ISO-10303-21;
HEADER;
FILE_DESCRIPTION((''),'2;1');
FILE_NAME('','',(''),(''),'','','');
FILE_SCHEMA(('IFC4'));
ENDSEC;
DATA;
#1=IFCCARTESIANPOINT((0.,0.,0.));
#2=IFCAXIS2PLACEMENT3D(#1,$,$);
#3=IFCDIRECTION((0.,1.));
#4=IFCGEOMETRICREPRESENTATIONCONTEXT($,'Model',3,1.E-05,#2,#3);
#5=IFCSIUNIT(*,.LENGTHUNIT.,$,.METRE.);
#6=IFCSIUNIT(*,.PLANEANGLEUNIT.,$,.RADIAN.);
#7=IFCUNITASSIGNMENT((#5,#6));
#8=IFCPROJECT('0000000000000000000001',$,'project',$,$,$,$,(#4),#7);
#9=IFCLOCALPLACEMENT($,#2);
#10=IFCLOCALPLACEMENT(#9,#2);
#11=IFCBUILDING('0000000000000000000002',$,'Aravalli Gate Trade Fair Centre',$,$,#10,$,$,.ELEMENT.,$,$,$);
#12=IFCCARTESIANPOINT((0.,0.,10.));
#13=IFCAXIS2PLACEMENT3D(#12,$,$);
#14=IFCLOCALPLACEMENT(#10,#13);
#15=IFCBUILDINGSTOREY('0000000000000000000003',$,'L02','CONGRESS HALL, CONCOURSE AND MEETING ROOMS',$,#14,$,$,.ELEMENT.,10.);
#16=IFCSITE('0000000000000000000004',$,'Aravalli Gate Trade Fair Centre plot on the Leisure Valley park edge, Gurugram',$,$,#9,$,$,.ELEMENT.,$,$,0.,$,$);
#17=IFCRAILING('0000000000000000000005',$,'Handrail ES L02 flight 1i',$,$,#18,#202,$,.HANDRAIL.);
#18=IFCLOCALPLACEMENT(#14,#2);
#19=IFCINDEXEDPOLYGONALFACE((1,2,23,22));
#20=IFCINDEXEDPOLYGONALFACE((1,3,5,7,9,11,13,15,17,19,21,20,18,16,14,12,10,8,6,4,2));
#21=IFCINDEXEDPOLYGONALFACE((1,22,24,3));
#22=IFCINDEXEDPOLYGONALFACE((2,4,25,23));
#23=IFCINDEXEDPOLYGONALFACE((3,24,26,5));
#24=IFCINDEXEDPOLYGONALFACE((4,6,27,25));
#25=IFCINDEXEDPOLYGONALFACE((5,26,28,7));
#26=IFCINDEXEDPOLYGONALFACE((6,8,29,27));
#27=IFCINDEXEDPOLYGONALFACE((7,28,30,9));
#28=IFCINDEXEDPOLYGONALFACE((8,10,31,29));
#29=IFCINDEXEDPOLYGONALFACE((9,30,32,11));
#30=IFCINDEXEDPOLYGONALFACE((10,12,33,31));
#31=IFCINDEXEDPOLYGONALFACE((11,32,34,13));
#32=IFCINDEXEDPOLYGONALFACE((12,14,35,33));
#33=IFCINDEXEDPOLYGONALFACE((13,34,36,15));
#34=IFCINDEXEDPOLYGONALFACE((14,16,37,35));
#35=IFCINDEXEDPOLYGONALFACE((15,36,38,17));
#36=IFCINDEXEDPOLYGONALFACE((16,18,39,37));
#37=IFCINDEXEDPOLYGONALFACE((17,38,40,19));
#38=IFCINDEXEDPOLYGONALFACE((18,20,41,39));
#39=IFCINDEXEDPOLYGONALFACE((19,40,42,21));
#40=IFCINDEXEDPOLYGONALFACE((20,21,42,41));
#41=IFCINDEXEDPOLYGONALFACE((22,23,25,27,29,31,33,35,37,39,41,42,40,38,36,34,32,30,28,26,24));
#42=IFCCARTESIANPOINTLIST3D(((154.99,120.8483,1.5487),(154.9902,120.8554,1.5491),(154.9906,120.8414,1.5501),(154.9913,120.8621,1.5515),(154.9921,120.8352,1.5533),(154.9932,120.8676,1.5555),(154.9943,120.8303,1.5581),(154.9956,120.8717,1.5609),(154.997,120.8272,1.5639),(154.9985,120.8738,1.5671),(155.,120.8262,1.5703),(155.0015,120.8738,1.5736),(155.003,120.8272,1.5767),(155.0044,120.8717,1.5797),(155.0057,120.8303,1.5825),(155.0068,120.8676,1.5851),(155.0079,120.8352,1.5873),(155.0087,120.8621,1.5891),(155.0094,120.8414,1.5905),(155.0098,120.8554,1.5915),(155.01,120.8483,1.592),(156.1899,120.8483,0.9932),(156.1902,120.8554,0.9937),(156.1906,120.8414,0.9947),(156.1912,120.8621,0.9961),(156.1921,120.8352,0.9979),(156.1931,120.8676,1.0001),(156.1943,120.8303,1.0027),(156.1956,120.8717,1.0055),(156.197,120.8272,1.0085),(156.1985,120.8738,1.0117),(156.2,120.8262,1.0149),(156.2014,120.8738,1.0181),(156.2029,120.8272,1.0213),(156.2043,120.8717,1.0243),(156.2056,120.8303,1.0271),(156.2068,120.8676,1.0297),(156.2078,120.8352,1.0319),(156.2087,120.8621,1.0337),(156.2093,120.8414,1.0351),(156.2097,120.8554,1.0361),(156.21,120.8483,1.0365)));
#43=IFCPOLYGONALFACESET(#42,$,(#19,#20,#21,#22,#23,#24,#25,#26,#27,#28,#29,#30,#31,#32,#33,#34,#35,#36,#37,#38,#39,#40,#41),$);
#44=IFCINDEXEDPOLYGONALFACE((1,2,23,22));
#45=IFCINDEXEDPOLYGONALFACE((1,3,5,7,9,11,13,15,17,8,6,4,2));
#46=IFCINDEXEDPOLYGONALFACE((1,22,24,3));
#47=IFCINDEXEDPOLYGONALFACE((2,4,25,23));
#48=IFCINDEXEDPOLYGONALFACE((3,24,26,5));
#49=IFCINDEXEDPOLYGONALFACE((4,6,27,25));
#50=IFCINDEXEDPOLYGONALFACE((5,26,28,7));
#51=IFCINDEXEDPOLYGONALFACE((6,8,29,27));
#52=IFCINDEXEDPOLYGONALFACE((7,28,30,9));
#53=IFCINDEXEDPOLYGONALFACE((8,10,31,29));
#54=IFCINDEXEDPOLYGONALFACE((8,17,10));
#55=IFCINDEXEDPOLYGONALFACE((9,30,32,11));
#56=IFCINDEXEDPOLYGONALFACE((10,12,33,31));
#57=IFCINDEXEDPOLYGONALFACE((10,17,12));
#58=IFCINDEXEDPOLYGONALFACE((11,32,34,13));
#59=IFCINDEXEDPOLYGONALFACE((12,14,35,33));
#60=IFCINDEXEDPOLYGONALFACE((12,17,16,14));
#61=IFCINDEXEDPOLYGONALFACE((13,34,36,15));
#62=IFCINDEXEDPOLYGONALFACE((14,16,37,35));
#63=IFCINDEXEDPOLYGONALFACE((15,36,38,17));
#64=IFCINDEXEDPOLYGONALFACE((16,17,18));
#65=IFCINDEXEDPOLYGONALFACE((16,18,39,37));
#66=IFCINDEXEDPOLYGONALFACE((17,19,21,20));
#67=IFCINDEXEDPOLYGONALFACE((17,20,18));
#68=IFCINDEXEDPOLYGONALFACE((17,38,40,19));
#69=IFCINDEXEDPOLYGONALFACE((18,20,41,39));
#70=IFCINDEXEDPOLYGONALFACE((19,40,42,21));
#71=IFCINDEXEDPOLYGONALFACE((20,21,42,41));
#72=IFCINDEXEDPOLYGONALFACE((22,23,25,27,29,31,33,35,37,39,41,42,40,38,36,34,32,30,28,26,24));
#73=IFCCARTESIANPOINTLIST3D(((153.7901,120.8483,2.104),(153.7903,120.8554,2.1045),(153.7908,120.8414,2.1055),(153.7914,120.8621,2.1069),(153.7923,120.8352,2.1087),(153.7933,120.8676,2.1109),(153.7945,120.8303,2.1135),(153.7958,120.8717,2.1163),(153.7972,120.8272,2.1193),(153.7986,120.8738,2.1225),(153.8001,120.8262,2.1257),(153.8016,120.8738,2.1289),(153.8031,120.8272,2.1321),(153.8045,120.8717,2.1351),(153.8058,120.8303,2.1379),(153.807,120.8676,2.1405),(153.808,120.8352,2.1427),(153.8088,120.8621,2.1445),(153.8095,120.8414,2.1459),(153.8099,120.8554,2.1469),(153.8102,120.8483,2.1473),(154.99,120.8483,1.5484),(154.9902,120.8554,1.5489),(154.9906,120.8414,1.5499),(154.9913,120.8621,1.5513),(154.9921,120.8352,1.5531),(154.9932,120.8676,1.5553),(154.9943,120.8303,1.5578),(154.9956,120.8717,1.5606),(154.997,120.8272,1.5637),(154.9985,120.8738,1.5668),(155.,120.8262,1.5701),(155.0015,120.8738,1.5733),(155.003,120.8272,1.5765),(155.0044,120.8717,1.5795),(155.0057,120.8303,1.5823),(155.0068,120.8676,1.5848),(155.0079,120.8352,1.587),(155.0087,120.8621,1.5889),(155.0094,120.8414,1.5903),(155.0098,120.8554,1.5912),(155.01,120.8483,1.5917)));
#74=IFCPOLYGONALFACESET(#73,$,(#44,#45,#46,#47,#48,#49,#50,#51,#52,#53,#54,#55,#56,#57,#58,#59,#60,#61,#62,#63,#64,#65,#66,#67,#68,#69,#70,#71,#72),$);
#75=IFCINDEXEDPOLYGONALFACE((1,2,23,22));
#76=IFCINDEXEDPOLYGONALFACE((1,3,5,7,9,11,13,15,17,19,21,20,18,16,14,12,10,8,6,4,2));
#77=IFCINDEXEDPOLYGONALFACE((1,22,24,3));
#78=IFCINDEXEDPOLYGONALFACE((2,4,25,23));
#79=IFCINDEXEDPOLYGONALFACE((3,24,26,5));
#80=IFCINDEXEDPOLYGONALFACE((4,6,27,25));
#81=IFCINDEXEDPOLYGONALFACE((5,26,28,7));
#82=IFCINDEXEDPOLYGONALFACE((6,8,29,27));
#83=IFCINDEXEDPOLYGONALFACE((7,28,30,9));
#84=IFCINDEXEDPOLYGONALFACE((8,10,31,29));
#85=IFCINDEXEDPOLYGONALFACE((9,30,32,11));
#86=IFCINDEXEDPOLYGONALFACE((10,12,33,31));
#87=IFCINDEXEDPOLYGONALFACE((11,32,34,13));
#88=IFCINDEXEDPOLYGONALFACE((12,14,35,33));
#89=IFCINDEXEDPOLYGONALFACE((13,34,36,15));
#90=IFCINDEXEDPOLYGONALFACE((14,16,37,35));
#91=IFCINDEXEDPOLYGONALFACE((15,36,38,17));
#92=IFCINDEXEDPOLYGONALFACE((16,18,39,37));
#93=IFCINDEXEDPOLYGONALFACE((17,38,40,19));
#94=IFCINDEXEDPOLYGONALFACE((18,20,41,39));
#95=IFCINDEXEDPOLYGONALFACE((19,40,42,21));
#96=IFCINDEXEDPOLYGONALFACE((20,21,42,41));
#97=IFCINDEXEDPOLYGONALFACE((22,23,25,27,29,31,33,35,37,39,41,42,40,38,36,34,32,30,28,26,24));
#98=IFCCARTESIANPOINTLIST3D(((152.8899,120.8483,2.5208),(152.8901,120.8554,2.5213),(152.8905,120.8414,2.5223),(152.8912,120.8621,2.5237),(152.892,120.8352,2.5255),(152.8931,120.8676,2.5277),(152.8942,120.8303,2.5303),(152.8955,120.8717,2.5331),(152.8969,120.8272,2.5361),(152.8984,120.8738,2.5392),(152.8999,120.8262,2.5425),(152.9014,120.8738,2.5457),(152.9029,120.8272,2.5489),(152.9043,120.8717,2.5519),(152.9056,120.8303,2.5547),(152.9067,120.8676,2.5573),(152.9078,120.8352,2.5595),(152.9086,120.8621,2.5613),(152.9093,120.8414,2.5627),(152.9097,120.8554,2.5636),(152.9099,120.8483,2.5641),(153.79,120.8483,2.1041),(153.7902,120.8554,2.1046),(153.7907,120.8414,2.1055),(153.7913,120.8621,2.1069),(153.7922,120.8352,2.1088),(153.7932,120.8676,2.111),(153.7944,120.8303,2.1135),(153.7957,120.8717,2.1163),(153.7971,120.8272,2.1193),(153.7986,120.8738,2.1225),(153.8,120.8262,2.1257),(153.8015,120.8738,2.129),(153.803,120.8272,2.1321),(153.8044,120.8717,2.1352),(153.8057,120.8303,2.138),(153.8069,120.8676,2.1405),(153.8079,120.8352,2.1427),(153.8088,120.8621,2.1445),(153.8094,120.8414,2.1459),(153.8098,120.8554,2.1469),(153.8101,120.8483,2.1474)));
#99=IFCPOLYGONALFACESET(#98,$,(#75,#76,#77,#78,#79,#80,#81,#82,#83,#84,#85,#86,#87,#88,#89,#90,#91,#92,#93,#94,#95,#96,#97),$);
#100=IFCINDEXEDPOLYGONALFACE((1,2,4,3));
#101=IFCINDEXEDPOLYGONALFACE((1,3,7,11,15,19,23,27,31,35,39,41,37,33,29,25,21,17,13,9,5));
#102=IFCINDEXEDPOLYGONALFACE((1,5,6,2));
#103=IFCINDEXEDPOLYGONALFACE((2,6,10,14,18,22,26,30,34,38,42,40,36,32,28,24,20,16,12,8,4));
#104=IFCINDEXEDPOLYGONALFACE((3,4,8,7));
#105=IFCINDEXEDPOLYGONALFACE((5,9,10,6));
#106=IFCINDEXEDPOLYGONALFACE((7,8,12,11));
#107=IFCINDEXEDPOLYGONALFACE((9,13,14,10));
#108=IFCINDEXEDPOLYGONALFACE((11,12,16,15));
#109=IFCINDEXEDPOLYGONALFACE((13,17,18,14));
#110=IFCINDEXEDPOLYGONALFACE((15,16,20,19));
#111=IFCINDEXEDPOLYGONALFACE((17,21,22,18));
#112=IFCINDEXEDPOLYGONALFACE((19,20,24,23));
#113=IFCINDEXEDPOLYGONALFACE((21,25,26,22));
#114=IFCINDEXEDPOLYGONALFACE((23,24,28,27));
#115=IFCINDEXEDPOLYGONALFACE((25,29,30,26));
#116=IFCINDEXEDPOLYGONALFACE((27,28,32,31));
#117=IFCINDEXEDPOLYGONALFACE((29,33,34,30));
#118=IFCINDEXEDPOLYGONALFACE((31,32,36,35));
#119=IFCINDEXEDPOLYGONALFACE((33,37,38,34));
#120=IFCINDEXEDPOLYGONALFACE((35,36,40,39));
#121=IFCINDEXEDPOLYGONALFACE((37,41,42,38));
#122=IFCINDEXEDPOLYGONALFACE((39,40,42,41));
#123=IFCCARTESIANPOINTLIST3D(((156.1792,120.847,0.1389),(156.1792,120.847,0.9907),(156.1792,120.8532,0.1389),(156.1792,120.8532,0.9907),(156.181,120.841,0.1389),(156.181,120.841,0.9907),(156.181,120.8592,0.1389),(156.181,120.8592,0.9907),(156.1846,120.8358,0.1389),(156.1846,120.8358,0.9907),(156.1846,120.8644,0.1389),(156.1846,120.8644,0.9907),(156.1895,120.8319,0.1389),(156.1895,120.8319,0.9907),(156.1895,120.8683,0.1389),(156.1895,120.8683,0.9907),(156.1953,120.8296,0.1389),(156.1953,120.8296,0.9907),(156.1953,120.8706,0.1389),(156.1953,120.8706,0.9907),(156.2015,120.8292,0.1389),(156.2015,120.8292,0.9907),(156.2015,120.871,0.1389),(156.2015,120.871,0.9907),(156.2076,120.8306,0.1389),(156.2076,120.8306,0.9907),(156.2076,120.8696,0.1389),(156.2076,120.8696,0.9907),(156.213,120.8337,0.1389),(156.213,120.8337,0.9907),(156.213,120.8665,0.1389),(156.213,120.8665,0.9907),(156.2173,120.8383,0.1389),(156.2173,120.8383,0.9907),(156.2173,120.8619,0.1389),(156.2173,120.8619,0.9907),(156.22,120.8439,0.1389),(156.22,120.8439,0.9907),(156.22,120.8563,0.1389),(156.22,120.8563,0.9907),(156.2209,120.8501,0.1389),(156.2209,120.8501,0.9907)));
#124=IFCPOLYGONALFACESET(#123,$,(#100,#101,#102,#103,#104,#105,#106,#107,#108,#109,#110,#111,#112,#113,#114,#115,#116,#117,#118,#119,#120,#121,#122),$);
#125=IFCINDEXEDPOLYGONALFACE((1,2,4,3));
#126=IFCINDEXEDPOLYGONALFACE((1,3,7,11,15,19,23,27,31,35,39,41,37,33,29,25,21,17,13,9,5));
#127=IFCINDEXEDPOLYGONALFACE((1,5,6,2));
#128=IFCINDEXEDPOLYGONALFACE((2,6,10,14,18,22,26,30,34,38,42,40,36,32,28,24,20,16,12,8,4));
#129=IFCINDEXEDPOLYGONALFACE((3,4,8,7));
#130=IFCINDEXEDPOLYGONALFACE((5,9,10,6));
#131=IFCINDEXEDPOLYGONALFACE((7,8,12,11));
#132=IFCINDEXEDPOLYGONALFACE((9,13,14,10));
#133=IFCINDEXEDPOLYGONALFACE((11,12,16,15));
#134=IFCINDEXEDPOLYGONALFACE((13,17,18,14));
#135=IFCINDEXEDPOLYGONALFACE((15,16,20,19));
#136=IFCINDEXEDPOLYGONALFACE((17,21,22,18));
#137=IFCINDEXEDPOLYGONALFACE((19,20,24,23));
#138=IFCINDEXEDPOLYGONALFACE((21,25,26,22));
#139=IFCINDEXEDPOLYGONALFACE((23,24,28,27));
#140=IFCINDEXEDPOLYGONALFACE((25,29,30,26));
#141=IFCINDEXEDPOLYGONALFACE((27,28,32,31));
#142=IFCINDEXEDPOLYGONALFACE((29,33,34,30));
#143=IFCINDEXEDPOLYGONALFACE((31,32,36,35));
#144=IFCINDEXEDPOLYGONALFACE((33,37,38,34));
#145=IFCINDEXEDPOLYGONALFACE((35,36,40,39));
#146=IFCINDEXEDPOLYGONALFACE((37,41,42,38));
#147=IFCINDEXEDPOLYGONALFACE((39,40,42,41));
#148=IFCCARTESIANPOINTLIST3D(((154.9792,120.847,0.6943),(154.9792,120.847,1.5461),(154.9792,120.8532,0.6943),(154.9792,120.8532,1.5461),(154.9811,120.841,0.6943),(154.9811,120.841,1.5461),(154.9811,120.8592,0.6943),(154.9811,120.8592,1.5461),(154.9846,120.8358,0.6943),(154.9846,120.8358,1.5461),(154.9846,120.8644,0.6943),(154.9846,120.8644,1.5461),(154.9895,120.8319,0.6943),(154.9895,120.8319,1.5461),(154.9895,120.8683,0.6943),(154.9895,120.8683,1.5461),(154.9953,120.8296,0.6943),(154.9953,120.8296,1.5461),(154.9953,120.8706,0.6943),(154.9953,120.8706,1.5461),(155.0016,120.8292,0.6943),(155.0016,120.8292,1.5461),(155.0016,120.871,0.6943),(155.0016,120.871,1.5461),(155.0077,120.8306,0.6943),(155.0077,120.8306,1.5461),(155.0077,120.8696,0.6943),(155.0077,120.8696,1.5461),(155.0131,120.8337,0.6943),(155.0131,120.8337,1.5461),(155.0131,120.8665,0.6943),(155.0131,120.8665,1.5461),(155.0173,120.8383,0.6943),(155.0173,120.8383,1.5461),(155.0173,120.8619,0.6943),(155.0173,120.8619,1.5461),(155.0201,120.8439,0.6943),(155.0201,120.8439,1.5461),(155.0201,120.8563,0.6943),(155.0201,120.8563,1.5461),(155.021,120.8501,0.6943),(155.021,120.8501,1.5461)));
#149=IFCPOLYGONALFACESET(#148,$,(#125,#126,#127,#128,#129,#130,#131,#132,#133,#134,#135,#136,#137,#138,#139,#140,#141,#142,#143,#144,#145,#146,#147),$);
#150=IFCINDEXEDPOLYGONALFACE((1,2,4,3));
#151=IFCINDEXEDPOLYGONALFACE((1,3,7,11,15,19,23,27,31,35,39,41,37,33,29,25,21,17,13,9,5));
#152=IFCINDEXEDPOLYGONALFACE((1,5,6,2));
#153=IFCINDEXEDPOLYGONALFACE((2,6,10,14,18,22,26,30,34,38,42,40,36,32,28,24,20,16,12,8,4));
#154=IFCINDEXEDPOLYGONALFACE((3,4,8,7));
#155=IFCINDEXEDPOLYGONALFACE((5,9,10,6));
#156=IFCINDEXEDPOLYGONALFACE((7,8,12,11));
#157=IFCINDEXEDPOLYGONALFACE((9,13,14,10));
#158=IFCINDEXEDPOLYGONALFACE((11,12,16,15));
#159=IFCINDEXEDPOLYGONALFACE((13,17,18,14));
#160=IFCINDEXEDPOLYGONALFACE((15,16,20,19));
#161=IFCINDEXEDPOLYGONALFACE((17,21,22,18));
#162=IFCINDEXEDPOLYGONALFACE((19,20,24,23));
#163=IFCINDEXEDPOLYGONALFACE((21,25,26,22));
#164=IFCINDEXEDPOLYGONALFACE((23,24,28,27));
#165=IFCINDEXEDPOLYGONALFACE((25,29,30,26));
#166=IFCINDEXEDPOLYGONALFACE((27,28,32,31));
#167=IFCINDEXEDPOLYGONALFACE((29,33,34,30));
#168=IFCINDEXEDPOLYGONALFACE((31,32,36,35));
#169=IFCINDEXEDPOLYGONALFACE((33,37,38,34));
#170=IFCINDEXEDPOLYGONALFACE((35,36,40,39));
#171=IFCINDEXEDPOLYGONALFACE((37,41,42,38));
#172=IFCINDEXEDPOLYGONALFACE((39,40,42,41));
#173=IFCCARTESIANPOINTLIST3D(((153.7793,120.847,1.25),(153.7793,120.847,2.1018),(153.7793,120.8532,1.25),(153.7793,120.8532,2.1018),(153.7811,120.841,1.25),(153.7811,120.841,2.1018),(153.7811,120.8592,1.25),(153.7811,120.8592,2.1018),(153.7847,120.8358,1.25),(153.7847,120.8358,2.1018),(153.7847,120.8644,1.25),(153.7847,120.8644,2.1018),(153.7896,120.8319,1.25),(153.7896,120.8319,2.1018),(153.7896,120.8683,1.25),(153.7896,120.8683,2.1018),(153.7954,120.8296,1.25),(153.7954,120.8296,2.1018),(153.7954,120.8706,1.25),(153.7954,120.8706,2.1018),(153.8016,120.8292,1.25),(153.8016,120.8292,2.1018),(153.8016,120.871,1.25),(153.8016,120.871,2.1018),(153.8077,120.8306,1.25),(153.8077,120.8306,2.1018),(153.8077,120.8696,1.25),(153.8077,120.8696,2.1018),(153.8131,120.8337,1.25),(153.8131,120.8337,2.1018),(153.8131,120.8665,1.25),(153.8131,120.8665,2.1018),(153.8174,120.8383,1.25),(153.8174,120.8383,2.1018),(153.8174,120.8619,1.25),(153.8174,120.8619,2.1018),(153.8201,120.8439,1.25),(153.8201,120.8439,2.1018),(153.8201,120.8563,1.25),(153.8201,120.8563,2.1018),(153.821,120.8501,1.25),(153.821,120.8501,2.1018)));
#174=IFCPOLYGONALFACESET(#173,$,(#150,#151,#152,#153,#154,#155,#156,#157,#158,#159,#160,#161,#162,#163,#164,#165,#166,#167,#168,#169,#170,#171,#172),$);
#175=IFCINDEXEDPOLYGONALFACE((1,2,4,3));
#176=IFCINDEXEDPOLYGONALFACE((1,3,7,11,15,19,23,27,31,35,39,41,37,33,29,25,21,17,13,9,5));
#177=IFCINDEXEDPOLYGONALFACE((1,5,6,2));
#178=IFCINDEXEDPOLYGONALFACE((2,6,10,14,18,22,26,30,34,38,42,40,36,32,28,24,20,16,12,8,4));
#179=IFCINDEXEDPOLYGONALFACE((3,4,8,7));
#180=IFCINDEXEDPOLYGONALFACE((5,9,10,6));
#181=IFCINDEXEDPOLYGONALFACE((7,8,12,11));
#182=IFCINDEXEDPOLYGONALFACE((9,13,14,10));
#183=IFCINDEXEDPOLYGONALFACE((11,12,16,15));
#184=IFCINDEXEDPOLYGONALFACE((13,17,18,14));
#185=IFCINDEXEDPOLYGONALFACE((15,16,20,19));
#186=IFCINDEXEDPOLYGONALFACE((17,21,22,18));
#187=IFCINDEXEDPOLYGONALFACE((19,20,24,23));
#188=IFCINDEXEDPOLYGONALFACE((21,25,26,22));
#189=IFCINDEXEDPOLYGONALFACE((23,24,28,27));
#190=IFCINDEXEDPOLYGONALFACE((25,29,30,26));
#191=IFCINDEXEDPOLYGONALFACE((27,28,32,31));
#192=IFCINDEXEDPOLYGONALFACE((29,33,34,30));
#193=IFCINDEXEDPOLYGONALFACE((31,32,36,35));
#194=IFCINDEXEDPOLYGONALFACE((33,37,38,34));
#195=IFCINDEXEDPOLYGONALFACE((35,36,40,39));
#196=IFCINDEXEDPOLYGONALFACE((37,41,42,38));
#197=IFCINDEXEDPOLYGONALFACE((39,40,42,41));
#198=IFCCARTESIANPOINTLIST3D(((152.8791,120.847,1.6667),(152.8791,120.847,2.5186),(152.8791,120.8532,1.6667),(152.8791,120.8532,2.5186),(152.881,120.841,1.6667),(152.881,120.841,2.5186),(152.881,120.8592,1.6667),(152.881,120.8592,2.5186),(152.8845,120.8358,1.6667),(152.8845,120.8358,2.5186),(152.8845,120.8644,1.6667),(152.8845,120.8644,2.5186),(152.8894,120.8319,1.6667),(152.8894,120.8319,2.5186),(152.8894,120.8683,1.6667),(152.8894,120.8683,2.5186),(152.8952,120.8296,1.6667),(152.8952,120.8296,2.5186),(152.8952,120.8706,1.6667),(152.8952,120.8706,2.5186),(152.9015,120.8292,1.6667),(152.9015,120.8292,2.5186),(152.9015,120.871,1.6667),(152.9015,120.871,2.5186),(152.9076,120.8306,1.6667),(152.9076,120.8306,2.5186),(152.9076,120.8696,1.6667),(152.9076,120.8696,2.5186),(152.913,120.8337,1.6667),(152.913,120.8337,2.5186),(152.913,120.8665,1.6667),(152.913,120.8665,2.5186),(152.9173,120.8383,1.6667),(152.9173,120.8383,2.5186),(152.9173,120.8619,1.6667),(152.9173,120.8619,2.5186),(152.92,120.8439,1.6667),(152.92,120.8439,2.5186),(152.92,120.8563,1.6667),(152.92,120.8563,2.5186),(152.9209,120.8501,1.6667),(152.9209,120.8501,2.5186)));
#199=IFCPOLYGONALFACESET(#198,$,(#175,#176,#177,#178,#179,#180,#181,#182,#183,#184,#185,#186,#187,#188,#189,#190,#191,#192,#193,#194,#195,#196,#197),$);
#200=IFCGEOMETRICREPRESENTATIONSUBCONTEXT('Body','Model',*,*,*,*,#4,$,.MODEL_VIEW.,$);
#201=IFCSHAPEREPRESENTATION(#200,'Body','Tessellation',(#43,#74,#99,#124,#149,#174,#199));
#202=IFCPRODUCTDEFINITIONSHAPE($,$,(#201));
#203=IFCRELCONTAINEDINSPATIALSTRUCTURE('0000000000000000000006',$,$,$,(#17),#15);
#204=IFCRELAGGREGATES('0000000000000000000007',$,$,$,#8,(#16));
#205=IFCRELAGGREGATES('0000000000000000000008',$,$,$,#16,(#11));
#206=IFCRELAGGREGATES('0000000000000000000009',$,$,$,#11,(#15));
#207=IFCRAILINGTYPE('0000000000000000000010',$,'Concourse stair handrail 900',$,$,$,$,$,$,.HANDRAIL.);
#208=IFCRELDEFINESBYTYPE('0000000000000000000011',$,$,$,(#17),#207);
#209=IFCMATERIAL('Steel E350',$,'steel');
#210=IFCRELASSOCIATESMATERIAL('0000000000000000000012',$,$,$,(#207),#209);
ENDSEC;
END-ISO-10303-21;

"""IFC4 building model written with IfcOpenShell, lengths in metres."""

from ifc_helpers import new_model, si_unit, direction, frame, origin, origin_2d, place, context, subcontext, project, spatial, circle, extrude, material, type_object, element, save


model = new_model("IFC4")

# Units and contexts
model_context = context("Model", 3, precision=1e-05, world=origin(), true_north=direction((0.0, 1.0)))
body_context = subcontext(model_context, "Body", "Model", "MODEL_VIEW")
ifc_project = project(units=[si_unit("LENGTHUNIT", "METRE"), si_unit("PLANEANGLEUNIT", "RADIAN")], contexts=[model_context])

# Site, building, storey
site_placement = place(None, origin())
site = spatial("IfcSite", under=ifc_project, at=site_placement, Name="Aravalli Gate Trade Fair Centre plot on the Leisure Valley park edge, Gurugram", CompositionType="ELEMENT", RefElevation=0.0)
building_placement = place(site_placement, origin())
building = spatial("IfcBuilding", under=site, at=building_placement, Name="Aravalli Gate Trade Fair Centre", CompositionType="ELEMENT")
storey_placement = place(building_placement, frame((0.0, 0.0, 10.0)))
storey = spatial("IfcBuildingStorey", under=building, at=storey_placement, Name="L02", Description="CONGRESS HALL, CONCOURSE AND MEETING ROOMS", CompositionType="ELEMENT", Elevation=10.0)

# Shared definitions
ifc_material_1 = material(Name="Steel E350", Category="steel")

# Railing
railing_type_1 = type_object("IfcRailingType", Name="Concourse stair handrail 900", PredefinedType="HANDRAIL", material=ifc_material_1)
for number, where, name in (
    (1, (156.2, 120.8501, 0.1389), "Handrail ES L02 flight 1i"),
):
    element("IfcRailing", number, at=place(storey_placement, frame(where)), inside=storey, type_object=railing_type_1, Name=name, PredefinedType="HANDRAIL", context=body_context, shape_type="SweptSolid", body=[
        extrude(circle(Radius=0.0239, at=origin_2d()), frame((0.0, 0.0, 0.876), z_axis=(-0.907499, 0.0, 0.420053), x_axis=(0.0, -1.0, 0.0)), (0.0, 0.0, 1.0), 1.3223),
        extrude(circle(Radius=0.0239, at=origin_2d()), frame((-1.2, 0.0, 1.4312), z_axis=(-0.907429, 0.0, 0.420205), x_axis=(0.0, -1.0, 0.0)), (0.0, 0.0, 1.0), 1.3223),
        extrude(circle(Radius=0.0239, at=origin_2d()), frame((-2.3999, 0.0, 1.9868), z_axis=(-0.907462, 0.0, 0.420135), x_axis=(0.0, -1.0, 0.0)), (0.0, 0.0, 1.0), 0.9919),
        extrude(circle(Radius=0.021, at=origin_2d()), origin(), (0.0, 0.0, 1.0), 0.8518),
        extrude(circle(Radius=0.021, at=origin_2d()), frame((-1.2, 0.0, 0.5554)), (0.0, 0.0, 1.0), 0.8518),
        extrude(circle(Radius=0.021, at=origin_2d()), frame((-2.3999, 0.0, 1.1111)), (0.0, 0.0, 1.0), 0.8518),
        extrude(circle(Radius=0.021, at=origin_2d()), frame((-3.3, 0.0, 1.5278)), (0.0, 0.0, 1.0), 0.8518),
    ])

save(model, "model.ifc")
